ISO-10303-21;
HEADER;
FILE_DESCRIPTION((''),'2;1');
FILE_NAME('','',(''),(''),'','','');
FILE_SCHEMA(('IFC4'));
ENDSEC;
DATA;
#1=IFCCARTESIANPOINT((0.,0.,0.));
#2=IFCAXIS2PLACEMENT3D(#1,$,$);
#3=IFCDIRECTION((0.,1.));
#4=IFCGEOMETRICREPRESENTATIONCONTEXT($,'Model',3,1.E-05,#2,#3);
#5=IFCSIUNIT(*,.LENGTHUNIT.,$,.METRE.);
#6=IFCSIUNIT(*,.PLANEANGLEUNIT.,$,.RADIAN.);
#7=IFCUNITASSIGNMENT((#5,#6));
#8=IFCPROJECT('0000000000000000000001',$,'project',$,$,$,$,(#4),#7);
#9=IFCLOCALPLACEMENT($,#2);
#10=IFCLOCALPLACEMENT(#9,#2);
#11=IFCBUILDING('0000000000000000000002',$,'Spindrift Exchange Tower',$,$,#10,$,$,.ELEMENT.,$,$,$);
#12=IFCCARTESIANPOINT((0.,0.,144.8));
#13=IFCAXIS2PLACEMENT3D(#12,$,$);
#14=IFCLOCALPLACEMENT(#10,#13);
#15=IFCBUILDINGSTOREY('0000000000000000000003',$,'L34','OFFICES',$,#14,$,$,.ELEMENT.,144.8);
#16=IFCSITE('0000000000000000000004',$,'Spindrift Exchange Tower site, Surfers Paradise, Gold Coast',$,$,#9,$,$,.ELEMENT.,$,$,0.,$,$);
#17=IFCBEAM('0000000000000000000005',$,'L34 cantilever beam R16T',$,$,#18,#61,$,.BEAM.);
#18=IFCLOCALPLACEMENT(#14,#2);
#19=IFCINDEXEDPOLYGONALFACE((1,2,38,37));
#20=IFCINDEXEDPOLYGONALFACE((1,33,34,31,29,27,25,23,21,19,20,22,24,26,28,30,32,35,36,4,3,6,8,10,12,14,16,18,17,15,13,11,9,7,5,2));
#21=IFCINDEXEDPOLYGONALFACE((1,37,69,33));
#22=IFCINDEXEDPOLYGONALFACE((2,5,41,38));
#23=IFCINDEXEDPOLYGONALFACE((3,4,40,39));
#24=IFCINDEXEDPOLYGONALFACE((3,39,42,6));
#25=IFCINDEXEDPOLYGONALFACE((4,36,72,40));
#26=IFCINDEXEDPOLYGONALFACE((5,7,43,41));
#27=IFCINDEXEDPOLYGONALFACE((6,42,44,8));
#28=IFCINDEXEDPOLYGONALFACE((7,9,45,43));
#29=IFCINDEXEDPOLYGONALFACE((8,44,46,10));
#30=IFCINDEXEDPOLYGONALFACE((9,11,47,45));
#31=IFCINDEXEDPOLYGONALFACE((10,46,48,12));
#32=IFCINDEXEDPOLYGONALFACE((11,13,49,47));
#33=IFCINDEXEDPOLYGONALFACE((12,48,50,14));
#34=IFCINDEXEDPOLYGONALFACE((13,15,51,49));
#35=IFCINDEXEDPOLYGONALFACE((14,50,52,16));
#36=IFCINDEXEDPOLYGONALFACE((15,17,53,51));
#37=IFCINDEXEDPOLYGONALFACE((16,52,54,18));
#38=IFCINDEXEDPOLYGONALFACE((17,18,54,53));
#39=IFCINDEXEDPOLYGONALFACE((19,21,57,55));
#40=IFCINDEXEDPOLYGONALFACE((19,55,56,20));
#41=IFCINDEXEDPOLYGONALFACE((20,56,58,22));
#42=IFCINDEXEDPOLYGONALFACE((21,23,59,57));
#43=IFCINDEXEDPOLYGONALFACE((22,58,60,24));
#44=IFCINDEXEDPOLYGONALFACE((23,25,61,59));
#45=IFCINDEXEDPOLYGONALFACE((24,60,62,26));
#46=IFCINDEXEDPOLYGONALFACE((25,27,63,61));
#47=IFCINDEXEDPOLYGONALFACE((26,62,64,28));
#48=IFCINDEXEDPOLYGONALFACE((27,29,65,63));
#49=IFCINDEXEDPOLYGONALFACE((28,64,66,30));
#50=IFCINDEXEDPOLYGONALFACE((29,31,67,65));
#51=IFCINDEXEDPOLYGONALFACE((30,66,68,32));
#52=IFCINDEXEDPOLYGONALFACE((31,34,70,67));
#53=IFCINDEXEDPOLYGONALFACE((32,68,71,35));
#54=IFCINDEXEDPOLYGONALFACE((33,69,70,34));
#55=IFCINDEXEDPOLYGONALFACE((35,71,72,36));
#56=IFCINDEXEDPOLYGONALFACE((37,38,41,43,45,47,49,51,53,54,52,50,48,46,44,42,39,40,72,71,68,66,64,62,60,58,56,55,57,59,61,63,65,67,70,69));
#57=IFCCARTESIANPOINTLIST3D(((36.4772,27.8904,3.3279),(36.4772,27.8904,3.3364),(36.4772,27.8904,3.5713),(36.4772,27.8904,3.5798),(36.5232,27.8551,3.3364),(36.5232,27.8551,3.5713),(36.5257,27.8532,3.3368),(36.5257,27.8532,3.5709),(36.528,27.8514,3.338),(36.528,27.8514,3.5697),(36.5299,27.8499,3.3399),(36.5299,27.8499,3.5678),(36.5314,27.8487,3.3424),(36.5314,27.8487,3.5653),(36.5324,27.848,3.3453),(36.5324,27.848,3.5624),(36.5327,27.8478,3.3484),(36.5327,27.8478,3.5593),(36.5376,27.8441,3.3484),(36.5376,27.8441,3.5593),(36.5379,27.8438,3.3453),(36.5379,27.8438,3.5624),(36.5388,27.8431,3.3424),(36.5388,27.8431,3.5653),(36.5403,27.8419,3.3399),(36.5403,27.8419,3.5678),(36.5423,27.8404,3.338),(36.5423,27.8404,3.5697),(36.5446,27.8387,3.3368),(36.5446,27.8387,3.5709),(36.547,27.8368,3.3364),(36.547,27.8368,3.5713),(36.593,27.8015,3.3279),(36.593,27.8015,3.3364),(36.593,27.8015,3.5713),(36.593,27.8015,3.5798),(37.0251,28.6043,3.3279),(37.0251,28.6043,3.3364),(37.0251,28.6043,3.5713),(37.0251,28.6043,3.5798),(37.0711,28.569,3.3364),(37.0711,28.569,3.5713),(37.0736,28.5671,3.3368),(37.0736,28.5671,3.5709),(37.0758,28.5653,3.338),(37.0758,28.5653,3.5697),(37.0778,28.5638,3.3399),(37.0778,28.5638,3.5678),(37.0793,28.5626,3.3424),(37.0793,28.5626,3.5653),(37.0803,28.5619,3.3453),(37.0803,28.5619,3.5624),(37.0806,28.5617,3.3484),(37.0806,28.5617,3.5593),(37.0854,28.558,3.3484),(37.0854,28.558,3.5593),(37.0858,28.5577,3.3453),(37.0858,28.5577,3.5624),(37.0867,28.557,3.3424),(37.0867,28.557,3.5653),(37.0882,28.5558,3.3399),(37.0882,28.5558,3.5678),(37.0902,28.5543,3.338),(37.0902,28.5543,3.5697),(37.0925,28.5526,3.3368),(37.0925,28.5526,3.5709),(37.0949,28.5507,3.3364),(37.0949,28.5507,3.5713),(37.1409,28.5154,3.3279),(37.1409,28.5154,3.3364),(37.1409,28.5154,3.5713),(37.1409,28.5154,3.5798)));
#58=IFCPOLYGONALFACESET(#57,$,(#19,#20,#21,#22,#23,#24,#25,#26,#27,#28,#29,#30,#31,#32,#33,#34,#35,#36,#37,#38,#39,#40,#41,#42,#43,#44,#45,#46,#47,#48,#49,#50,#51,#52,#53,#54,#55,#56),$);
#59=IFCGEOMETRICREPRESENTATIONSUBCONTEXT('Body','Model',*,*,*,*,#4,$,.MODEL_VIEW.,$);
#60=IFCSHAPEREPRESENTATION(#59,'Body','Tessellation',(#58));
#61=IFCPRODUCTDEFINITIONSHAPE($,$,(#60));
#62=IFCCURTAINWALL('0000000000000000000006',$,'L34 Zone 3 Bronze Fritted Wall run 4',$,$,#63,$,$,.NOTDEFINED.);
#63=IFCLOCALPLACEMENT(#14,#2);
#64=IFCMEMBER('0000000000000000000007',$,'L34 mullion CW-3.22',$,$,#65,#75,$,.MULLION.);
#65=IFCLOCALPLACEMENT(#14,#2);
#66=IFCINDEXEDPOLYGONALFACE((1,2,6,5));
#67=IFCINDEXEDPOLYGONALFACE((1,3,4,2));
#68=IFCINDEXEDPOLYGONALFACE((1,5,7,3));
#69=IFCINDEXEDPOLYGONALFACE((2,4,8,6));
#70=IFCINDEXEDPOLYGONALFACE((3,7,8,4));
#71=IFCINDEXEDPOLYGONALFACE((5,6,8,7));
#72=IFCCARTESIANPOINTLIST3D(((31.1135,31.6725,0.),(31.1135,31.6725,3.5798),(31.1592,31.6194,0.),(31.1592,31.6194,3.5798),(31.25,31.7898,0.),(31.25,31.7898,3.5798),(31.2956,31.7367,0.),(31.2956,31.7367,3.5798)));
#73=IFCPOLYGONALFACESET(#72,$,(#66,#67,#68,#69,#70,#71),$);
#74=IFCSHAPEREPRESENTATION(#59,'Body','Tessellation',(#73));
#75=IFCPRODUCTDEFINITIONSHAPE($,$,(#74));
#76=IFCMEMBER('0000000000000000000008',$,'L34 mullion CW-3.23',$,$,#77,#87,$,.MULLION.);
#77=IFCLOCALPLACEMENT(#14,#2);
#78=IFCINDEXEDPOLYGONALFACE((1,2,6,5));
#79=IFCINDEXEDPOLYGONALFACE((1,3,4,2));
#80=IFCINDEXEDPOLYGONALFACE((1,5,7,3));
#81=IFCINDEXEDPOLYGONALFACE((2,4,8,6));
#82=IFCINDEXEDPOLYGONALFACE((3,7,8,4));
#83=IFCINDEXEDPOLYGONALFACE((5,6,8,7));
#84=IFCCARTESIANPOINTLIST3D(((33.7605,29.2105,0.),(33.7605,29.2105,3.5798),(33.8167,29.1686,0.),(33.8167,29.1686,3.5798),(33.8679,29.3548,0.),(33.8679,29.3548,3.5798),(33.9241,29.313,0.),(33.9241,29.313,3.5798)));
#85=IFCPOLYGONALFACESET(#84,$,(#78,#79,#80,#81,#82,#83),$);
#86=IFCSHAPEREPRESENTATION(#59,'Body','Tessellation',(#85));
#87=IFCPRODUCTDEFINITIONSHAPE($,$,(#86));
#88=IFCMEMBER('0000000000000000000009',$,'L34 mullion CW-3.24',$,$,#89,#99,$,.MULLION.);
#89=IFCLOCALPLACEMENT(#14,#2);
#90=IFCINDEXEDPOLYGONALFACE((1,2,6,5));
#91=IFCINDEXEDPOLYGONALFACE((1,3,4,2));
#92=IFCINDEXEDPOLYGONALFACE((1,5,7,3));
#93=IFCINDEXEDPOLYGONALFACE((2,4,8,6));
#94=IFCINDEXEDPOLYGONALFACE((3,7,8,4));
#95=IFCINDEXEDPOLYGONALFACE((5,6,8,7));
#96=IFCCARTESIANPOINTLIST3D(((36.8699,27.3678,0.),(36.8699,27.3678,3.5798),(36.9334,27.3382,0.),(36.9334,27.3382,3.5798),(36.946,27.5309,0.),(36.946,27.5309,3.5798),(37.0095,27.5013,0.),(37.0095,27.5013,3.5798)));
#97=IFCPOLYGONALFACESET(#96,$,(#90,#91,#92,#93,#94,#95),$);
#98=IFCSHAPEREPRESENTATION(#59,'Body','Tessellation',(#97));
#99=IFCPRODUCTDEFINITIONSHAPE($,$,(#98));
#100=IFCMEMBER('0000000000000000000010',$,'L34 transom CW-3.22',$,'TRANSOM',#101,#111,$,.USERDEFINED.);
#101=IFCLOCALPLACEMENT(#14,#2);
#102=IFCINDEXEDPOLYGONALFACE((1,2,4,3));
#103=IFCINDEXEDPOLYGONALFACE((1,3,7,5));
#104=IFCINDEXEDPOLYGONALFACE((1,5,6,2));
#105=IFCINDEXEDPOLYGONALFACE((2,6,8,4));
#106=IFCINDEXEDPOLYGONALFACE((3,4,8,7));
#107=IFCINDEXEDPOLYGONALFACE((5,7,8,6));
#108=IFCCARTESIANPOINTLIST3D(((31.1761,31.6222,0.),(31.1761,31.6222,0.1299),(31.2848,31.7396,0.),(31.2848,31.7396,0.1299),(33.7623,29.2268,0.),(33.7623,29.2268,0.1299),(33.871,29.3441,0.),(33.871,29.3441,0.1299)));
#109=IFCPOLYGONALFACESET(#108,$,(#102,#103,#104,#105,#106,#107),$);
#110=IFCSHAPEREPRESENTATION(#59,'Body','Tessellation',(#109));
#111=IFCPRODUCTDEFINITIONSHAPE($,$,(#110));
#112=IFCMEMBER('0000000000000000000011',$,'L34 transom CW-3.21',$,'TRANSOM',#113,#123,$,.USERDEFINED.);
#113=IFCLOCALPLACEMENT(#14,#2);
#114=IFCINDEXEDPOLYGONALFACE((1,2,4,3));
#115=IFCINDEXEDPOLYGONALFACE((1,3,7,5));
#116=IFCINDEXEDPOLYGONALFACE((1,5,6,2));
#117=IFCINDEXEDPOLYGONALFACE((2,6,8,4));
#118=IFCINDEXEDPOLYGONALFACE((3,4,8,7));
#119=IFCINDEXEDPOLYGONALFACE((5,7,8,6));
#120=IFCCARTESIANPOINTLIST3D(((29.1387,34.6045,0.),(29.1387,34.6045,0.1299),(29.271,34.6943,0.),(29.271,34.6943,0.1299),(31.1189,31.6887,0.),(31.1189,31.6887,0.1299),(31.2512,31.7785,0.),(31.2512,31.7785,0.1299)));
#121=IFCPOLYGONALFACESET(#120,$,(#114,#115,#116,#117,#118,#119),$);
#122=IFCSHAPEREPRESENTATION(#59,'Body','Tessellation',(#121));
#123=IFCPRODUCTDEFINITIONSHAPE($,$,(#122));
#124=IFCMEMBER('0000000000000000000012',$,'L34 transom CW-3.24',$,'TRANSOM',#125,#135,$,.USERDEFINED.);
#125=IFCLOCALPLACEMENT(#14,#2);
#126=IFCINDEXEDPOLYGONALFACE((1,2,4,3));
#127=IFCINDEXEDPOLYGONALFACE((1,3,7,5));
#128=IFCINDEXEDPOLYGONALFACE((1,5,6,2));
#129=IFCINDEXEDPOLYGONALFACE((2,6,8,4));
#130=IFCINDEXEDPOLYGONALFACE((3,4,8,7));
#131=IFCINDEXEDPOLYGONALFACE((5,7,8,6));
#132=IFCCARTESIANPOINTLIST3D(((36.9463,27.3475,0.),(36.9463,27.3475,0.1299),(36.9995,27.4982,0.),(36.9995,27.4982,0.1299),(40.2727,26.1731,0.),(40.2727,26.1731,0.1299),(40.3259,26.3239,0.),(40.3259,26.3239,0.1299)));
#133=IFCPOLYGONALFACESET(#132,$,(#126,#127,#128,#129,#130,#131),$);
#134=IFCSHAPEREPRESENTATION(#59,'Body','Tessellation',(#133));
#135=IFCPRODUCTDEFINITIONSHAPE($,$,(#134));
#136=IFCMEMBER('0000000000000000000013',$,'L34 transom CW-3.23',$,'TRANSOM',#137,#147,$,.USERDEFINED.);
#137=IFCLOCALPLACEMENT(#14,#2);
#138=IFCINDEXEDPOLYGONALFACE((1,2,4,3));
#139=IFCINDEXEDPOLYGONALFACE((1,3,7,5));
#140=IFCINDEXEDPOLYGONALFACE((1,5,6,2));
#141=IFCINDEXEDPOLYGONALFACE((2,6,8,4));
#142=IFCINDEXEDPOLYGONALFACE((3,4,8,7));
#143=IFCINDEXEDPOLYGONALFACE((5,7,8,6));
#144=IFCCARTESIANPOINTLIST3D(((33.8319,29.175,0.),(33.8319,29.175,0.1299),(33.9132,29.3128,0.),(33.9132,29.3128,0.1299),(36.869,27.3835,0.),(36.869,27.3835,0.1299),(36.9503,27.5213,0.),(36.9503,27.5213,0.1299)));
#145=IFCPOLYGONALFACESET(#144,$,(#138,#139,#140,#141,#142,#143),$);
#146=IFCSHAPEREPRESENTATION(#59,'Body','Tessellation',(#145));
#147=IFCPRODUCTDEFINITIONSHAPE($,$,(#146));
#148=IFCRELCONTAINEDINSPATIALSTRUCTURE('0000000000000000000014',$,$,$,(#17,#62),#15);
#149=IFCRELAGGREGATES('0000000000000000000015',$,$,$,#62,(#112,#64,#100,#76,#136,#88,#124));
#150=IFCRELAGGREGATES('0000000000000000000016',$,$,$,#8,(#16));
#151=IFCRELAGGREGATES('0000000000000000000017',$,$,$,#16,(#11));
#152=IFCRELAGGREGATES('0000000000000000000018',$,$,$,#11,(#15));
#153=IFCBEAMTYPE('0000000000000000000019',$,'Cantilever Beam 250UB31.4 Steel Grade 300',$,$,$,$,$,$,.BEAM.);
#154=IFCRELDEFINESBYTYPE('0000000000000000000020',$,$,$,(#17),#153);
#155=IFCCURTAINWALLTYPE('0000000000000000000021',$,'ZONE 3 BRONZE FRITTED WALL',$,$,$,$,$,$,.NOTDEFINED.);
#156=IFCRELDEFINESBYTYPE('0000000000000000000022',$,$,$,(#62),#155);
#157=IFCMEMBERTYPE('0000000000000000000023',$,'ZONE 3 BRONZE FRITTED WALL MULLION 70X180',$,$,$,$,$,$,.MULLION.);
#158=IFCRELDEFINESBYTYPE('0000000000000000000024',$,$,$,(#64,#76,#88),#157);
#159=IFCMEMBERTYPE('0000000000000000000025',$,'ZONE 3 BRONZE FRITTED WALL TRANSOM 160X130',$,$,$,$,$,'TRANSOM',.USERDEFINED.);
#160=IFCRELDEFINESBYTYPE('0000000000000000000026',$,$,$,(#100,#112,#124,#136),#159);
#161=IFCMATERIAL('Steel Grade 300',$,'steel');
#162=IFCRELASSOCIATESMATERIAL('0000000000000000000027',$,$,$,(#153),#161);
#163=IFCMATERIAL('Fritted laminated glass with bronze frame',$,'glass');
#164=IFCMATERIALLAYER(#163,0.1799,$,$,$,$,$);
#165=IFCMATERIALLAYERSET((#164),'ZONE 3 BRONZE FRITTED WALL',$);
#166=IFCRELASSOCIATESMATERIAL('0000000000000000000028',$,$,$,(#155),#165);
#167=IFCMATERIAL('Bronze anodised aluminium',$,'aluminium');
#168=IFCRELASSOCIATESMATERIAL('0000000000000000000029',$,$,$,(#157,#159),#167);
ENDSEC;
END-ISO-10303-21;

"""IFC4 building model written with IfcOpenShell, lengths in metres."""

from ifc_helpers import new_model, si_unit, direction, frame, origin, origin_2d, place, context, subcontext, project, spatial, rectangle, i_section, extrude, source, transform, mapped, material, layer, layer_set, material_profile, profile_set, type_object, element, aggregate, save


model = new_model("IFC4")

# Units and contexts
model_context = context("Model", 3, precision=1e-05, world=origin(), true_north=direction((0.0, 1.0)))
body_context = subcontext(model_context, "Body", "Model", "MODEL_VIEW")
ifc_project = project(units=[si_unit("LENGTHUNIT", "METRE"), si_unit("PLANEANGLEUNIT", "RADIAN")], contexts=[model_context])

# Site, building, storey
site_placement = place(None, origin())
site = spatial("IfcSite", under=ifc_project, at=site_placement, Name="Spindrift Exchange Tower site, Surfers Paradise, Gold Coast", CompositionType="ELEMENT", RefElevation=0.0)
building_placement = place(site_placement, origin())
building = spatial("IfcBuilding", under=site, at=building_placement, Name="Spindrift Exchange Tower", CompositionType="ELEMENT")
storey_placement = place(building_placement, frame((0.0, 0.0, 144.8)))
storey = spatial("IfcBuildingStorey", under=building, at=storey_placement, Name="L34", Description="OFFICES", CompositionType="ELEMENT", Elevation=144.8)

# Beam
ifc_material_1 = material(Name="Steel Grade 300", Category="steel")
ifc_material_profile_1 = material_profile(ifc_material_1, i_section(OverallWidth=0.146, OverallDepth=0.252, WebThickness=0.0061, FlangeThickness=0.0085, FilletRadius=0.012, at=origin_2d()), Name="250UB31.4")
ifc_profile_set_1 = profile_set([ifc_material_profile_1], Name="Steel Grade 300")
beam_type_1 = type_object("IfcBeamType", Name="Cantilever Beam 250UB31.4 Steel Grade 300", PredefinedType="BEAM", material=ifc_profile_set_1)
shared_shape_1 = source(origin(), body_context, "Body", "SweptSolid", [
    extrude(i_section(OverallWidth=0.146, OverallDepth=0.252, WebThickness=0.0061, FlangeThickness=0.0085, FilletRadius=0.012, at=origin_2d()), origin(), (0.0, 0.0, 1.0), 0.8999),
])
beam_1_placement = place(storey_placement, frame((37.083, 28.5598, 3.4539), z_axis=(-0.608819, -0.793309, 0.0), x_axis=(0.793309, -0.608819, 0.0)))
element("IfcBeam", 1, at=beam_1_placement, inside=storey, type_object=beam_type_1, Name="L34 cantilever beam R16T", PredefinedType="BEAM", context=body_context, shape_type="MappedRepresentation", body=[
    mapped(shared_shape_1, transform((0.0, 0.0, 0.0), scale=1.0)),
])

# Curtain wall, members
ifc_material_2 = material(Name="Fritted laminated glass with bronze frame", Category="glass")
ifc_layer_1 = layer(ifc_material_2, 0.1799)
ifc_layer_set_1 = layer_set([ifc_layer_1], Name="ZONE 3 BRONZE FRITTED WALL")
curtain_wall_type = type_object("IfcCurtainWallType", Name="ZONE 3 BRONZE FRITTED WALL", PredefinedType="NOTDEFINED", material=ifc_layer_set_1)
curtain_wall_placement = place(storey_placement, origin())
curtain_wall = element("IfcCurtainWall", 2, at=curtain_wall_placement, inside=storey, type_object=curtain_wall_type, Name="L34 Zone 3 Bronze Fritted Wall run 4", PredefinedType="NOTDEFINED")
ifc_material_3 = material(Name="Bronze anodised aluminium", Category="aluminium")
ifc_material_profile_2 = material_profile(ifc_material_3, rectangle(XDim=0.0701, YDim=0.1799, at=origin_2d()), Name="ZONE 3 BRONZE FRITTED WALL MULLION 70X180")
ifc_profile_set_2 = profile_set([ifc_material_profile_2], Name="Bronze anodised aluminium")
member_type_1 = type_object("IfcMemberType", Name="ZONE 3 BRONZE FRITTED WALL MULLION 70X180", PredefinedType="MULLION", material=ifc_profile_set_2)
shared_shape_2 = source(origin(), body_context, "Body", "SweptSolid", [
    extrude(rectangle(XDim=0.0701, YDim=0.1799, at=origin_2d()), origin(), (0.0, 0.0, 1.0), 3.5798),
])
member_1_placement = place(storey_placement, frame((31.2046, 31.7046, 0.0), z_axis=(0.0, 0.0, 1.0), x_axis=(0.651939, -0.758271, 0.0)))
member_1 = element("IfcMember", 3, at=member_1_placement, type_object=member_type_1, Name="L34 mullion CW-3.22", PredefinedType="MULLION", context=body_context, shape_type="MappedRepresentation", body=[
    mapped(shared_shape_2, transform((0.0, 0.0, 0.0), scale=1.0)),
])
member_2_placement = place(storey_placement, frame((33.8423, 29.2617, 0.0), z_axis=(0.0, 0.0, 1.0), x_axis=(0.802081, -0.597216, 0.0)))
member_2 = element("IfcMember", 4, at=member_2_placement, type_object=member_type_1, Name="L34 mullion CW-3.23", PredefinedType="MULLION", context=body_context, shape_type="MappedRepresentation", body=[
    mapped(shared_shape_2, transform((0.0, 0.0, 0.0), scale=1.0)),
])
member_3_placement = place(storey_placement, frame((36.9397, 27.4346, 0.0), z_axis=(0.0, 0.0, 1.0), x_axis=(0.90638, -0.422463, 0.0)))
member_3 = element("IfcMember", 5, at=member_3_placement, type_object=member_type_1, Name="L34 mullion CW-3.24", PredefinedType="MULLION", context=body_context, shape_type="MappedRepresentation", body=[
    mapped(shared_shape_2, transform((0.0, 0.0, 0.0), scale=1.0)),
])
ifc_material_profile_3 = material_profile(ifc_material_3, rectangle(XDim=0.1599, YDim=0.1299, at=origin_2d()), Name="ZONE 3 BRONZE FRITTED WALL TRANSOM 160X130")
ifc_profile_set_3 = profile_set([ifc_material_profile_3], Name="Bronze anodised aluminium")
member_type_2 = type_object("IfcMemberType", Name="ZONE 3 BRONZE FRITTED WALL TRANSOM 160X130", ElementType="TRANSOM", PredefinedType="USERDEFINED", material=ifc_profile_set_3)
shared_shape_3 = source(origin(), body_context, "Body", "SweptSolid", [
    extrude(rectangle(XDim=0.1599, YDim=0.1299, at=origin_2d()), origin(), (0.0, 0.0, 1.0), 3.5251),
])
member_4_placement = place(storey_placement, frame((31.2305, 31.6809, 0.0649), z_axis=(0.733634, -0.679545, 0.0), x_axis=(0.679545, 0.733634, 0.0)))
member_4 = element("IfcMember", 6, at=member_4_placement, type_object=member_type_2, Name="L34 transom CW-3.22", ObjectType="TRANSOM", PredefinedType="USERDEFINED", context=body_context, shape_type="MappedRepresentation", body=[
    mapped(shared_shape_3, transform((0.0, 0.0, 0.0), scale=1.0)),
])
shared_shape_4 = source(origin(), body_context, "Body", "SweptSolid", [
    extrude(rectangle(XDim=0.1599, YDim=0.1299, at=origin_2d()), origin(), (0.0, 0.0, 1.0), 3.5247),
])
member_5_placement = place(storey_placement, frame((29.2048, 34.6494, 0.0649), z_axis=(0.561825, -0.827256, 0.0), x_axis=(0.827256, 0.561825, 0.0)))
member_5 = element("IfcMember", 7, at=member_5_placement, type_object=member_type_2, Name="L34 transom CW-3.21", ObjectType="TRANSOM", PredefinedType="USERDEFINED", context=body_context, shape_type="MappedRepresentation", body=[
    mapped(shared_shape_4, transform((0.0, 0.0, 0.0), scale=1.0)),
])
shared_shape_5 = source(origin(), body_context, "Body", "SweptSolid", [
    extrude(rectangle(XDim=0.1599, YDim=0.1299, at=origin_2d()), origin(), (0.0, 0.0, 1.0), 3.5276),
])
member_6_placement = place(storey_placement, frame((36.9729, 27.4229, 0.0649), z_axis=(0.942965, -0.332893, 0.0), x_axis=(0.332893, 0.942965, 0.0)))
member_6 = element("IfcMember", 8, at=member_6_placement, type_object=member_type_2, Name="L34 transom CW-3.24", ObjectType="TRANSOM", PredefinedType="USERDEFINED", context=body_context, shape_type="MappedRepresentation", body=[
    mapped(shared_shape_5, transform((0.0, 0.0, 0.0), scale=1.0)),
])
shared_shape_6 = source(origin(), body_context, "Body", "SweptSolid", [
    extrude(rectangle(XDim=0.1599, YDim=0.1299, at=origin_2d()), origin(), (0.0, 0.0, 1.0), 3.5261),
])
member_7_placement = place(storey_placement, frame((33.8726, 29.2439, 0.0649), z_axis=(0.861318, -0.508067, 0.0), x_axis=(0.508067, 0.861318, 0.0)))
member_7 = element("IfcMember", 9, at=member_7_placement, type_object=member_type_2, Name="L34 transom CW-3.23", ObjectType="TRANSOM", PredefinedType="USERDEFINED", context=body_context, shape_type="MappedRepresentation", body=[
    mapped(shared_shape_6, transform((0.0, 0.0, 0.0), scale=1.0)),
])

aggregate(curtain_wall, [member_5, member_1, member_4, member_2, member_7, member_3, member_6])

save(model, "model.ifc")
